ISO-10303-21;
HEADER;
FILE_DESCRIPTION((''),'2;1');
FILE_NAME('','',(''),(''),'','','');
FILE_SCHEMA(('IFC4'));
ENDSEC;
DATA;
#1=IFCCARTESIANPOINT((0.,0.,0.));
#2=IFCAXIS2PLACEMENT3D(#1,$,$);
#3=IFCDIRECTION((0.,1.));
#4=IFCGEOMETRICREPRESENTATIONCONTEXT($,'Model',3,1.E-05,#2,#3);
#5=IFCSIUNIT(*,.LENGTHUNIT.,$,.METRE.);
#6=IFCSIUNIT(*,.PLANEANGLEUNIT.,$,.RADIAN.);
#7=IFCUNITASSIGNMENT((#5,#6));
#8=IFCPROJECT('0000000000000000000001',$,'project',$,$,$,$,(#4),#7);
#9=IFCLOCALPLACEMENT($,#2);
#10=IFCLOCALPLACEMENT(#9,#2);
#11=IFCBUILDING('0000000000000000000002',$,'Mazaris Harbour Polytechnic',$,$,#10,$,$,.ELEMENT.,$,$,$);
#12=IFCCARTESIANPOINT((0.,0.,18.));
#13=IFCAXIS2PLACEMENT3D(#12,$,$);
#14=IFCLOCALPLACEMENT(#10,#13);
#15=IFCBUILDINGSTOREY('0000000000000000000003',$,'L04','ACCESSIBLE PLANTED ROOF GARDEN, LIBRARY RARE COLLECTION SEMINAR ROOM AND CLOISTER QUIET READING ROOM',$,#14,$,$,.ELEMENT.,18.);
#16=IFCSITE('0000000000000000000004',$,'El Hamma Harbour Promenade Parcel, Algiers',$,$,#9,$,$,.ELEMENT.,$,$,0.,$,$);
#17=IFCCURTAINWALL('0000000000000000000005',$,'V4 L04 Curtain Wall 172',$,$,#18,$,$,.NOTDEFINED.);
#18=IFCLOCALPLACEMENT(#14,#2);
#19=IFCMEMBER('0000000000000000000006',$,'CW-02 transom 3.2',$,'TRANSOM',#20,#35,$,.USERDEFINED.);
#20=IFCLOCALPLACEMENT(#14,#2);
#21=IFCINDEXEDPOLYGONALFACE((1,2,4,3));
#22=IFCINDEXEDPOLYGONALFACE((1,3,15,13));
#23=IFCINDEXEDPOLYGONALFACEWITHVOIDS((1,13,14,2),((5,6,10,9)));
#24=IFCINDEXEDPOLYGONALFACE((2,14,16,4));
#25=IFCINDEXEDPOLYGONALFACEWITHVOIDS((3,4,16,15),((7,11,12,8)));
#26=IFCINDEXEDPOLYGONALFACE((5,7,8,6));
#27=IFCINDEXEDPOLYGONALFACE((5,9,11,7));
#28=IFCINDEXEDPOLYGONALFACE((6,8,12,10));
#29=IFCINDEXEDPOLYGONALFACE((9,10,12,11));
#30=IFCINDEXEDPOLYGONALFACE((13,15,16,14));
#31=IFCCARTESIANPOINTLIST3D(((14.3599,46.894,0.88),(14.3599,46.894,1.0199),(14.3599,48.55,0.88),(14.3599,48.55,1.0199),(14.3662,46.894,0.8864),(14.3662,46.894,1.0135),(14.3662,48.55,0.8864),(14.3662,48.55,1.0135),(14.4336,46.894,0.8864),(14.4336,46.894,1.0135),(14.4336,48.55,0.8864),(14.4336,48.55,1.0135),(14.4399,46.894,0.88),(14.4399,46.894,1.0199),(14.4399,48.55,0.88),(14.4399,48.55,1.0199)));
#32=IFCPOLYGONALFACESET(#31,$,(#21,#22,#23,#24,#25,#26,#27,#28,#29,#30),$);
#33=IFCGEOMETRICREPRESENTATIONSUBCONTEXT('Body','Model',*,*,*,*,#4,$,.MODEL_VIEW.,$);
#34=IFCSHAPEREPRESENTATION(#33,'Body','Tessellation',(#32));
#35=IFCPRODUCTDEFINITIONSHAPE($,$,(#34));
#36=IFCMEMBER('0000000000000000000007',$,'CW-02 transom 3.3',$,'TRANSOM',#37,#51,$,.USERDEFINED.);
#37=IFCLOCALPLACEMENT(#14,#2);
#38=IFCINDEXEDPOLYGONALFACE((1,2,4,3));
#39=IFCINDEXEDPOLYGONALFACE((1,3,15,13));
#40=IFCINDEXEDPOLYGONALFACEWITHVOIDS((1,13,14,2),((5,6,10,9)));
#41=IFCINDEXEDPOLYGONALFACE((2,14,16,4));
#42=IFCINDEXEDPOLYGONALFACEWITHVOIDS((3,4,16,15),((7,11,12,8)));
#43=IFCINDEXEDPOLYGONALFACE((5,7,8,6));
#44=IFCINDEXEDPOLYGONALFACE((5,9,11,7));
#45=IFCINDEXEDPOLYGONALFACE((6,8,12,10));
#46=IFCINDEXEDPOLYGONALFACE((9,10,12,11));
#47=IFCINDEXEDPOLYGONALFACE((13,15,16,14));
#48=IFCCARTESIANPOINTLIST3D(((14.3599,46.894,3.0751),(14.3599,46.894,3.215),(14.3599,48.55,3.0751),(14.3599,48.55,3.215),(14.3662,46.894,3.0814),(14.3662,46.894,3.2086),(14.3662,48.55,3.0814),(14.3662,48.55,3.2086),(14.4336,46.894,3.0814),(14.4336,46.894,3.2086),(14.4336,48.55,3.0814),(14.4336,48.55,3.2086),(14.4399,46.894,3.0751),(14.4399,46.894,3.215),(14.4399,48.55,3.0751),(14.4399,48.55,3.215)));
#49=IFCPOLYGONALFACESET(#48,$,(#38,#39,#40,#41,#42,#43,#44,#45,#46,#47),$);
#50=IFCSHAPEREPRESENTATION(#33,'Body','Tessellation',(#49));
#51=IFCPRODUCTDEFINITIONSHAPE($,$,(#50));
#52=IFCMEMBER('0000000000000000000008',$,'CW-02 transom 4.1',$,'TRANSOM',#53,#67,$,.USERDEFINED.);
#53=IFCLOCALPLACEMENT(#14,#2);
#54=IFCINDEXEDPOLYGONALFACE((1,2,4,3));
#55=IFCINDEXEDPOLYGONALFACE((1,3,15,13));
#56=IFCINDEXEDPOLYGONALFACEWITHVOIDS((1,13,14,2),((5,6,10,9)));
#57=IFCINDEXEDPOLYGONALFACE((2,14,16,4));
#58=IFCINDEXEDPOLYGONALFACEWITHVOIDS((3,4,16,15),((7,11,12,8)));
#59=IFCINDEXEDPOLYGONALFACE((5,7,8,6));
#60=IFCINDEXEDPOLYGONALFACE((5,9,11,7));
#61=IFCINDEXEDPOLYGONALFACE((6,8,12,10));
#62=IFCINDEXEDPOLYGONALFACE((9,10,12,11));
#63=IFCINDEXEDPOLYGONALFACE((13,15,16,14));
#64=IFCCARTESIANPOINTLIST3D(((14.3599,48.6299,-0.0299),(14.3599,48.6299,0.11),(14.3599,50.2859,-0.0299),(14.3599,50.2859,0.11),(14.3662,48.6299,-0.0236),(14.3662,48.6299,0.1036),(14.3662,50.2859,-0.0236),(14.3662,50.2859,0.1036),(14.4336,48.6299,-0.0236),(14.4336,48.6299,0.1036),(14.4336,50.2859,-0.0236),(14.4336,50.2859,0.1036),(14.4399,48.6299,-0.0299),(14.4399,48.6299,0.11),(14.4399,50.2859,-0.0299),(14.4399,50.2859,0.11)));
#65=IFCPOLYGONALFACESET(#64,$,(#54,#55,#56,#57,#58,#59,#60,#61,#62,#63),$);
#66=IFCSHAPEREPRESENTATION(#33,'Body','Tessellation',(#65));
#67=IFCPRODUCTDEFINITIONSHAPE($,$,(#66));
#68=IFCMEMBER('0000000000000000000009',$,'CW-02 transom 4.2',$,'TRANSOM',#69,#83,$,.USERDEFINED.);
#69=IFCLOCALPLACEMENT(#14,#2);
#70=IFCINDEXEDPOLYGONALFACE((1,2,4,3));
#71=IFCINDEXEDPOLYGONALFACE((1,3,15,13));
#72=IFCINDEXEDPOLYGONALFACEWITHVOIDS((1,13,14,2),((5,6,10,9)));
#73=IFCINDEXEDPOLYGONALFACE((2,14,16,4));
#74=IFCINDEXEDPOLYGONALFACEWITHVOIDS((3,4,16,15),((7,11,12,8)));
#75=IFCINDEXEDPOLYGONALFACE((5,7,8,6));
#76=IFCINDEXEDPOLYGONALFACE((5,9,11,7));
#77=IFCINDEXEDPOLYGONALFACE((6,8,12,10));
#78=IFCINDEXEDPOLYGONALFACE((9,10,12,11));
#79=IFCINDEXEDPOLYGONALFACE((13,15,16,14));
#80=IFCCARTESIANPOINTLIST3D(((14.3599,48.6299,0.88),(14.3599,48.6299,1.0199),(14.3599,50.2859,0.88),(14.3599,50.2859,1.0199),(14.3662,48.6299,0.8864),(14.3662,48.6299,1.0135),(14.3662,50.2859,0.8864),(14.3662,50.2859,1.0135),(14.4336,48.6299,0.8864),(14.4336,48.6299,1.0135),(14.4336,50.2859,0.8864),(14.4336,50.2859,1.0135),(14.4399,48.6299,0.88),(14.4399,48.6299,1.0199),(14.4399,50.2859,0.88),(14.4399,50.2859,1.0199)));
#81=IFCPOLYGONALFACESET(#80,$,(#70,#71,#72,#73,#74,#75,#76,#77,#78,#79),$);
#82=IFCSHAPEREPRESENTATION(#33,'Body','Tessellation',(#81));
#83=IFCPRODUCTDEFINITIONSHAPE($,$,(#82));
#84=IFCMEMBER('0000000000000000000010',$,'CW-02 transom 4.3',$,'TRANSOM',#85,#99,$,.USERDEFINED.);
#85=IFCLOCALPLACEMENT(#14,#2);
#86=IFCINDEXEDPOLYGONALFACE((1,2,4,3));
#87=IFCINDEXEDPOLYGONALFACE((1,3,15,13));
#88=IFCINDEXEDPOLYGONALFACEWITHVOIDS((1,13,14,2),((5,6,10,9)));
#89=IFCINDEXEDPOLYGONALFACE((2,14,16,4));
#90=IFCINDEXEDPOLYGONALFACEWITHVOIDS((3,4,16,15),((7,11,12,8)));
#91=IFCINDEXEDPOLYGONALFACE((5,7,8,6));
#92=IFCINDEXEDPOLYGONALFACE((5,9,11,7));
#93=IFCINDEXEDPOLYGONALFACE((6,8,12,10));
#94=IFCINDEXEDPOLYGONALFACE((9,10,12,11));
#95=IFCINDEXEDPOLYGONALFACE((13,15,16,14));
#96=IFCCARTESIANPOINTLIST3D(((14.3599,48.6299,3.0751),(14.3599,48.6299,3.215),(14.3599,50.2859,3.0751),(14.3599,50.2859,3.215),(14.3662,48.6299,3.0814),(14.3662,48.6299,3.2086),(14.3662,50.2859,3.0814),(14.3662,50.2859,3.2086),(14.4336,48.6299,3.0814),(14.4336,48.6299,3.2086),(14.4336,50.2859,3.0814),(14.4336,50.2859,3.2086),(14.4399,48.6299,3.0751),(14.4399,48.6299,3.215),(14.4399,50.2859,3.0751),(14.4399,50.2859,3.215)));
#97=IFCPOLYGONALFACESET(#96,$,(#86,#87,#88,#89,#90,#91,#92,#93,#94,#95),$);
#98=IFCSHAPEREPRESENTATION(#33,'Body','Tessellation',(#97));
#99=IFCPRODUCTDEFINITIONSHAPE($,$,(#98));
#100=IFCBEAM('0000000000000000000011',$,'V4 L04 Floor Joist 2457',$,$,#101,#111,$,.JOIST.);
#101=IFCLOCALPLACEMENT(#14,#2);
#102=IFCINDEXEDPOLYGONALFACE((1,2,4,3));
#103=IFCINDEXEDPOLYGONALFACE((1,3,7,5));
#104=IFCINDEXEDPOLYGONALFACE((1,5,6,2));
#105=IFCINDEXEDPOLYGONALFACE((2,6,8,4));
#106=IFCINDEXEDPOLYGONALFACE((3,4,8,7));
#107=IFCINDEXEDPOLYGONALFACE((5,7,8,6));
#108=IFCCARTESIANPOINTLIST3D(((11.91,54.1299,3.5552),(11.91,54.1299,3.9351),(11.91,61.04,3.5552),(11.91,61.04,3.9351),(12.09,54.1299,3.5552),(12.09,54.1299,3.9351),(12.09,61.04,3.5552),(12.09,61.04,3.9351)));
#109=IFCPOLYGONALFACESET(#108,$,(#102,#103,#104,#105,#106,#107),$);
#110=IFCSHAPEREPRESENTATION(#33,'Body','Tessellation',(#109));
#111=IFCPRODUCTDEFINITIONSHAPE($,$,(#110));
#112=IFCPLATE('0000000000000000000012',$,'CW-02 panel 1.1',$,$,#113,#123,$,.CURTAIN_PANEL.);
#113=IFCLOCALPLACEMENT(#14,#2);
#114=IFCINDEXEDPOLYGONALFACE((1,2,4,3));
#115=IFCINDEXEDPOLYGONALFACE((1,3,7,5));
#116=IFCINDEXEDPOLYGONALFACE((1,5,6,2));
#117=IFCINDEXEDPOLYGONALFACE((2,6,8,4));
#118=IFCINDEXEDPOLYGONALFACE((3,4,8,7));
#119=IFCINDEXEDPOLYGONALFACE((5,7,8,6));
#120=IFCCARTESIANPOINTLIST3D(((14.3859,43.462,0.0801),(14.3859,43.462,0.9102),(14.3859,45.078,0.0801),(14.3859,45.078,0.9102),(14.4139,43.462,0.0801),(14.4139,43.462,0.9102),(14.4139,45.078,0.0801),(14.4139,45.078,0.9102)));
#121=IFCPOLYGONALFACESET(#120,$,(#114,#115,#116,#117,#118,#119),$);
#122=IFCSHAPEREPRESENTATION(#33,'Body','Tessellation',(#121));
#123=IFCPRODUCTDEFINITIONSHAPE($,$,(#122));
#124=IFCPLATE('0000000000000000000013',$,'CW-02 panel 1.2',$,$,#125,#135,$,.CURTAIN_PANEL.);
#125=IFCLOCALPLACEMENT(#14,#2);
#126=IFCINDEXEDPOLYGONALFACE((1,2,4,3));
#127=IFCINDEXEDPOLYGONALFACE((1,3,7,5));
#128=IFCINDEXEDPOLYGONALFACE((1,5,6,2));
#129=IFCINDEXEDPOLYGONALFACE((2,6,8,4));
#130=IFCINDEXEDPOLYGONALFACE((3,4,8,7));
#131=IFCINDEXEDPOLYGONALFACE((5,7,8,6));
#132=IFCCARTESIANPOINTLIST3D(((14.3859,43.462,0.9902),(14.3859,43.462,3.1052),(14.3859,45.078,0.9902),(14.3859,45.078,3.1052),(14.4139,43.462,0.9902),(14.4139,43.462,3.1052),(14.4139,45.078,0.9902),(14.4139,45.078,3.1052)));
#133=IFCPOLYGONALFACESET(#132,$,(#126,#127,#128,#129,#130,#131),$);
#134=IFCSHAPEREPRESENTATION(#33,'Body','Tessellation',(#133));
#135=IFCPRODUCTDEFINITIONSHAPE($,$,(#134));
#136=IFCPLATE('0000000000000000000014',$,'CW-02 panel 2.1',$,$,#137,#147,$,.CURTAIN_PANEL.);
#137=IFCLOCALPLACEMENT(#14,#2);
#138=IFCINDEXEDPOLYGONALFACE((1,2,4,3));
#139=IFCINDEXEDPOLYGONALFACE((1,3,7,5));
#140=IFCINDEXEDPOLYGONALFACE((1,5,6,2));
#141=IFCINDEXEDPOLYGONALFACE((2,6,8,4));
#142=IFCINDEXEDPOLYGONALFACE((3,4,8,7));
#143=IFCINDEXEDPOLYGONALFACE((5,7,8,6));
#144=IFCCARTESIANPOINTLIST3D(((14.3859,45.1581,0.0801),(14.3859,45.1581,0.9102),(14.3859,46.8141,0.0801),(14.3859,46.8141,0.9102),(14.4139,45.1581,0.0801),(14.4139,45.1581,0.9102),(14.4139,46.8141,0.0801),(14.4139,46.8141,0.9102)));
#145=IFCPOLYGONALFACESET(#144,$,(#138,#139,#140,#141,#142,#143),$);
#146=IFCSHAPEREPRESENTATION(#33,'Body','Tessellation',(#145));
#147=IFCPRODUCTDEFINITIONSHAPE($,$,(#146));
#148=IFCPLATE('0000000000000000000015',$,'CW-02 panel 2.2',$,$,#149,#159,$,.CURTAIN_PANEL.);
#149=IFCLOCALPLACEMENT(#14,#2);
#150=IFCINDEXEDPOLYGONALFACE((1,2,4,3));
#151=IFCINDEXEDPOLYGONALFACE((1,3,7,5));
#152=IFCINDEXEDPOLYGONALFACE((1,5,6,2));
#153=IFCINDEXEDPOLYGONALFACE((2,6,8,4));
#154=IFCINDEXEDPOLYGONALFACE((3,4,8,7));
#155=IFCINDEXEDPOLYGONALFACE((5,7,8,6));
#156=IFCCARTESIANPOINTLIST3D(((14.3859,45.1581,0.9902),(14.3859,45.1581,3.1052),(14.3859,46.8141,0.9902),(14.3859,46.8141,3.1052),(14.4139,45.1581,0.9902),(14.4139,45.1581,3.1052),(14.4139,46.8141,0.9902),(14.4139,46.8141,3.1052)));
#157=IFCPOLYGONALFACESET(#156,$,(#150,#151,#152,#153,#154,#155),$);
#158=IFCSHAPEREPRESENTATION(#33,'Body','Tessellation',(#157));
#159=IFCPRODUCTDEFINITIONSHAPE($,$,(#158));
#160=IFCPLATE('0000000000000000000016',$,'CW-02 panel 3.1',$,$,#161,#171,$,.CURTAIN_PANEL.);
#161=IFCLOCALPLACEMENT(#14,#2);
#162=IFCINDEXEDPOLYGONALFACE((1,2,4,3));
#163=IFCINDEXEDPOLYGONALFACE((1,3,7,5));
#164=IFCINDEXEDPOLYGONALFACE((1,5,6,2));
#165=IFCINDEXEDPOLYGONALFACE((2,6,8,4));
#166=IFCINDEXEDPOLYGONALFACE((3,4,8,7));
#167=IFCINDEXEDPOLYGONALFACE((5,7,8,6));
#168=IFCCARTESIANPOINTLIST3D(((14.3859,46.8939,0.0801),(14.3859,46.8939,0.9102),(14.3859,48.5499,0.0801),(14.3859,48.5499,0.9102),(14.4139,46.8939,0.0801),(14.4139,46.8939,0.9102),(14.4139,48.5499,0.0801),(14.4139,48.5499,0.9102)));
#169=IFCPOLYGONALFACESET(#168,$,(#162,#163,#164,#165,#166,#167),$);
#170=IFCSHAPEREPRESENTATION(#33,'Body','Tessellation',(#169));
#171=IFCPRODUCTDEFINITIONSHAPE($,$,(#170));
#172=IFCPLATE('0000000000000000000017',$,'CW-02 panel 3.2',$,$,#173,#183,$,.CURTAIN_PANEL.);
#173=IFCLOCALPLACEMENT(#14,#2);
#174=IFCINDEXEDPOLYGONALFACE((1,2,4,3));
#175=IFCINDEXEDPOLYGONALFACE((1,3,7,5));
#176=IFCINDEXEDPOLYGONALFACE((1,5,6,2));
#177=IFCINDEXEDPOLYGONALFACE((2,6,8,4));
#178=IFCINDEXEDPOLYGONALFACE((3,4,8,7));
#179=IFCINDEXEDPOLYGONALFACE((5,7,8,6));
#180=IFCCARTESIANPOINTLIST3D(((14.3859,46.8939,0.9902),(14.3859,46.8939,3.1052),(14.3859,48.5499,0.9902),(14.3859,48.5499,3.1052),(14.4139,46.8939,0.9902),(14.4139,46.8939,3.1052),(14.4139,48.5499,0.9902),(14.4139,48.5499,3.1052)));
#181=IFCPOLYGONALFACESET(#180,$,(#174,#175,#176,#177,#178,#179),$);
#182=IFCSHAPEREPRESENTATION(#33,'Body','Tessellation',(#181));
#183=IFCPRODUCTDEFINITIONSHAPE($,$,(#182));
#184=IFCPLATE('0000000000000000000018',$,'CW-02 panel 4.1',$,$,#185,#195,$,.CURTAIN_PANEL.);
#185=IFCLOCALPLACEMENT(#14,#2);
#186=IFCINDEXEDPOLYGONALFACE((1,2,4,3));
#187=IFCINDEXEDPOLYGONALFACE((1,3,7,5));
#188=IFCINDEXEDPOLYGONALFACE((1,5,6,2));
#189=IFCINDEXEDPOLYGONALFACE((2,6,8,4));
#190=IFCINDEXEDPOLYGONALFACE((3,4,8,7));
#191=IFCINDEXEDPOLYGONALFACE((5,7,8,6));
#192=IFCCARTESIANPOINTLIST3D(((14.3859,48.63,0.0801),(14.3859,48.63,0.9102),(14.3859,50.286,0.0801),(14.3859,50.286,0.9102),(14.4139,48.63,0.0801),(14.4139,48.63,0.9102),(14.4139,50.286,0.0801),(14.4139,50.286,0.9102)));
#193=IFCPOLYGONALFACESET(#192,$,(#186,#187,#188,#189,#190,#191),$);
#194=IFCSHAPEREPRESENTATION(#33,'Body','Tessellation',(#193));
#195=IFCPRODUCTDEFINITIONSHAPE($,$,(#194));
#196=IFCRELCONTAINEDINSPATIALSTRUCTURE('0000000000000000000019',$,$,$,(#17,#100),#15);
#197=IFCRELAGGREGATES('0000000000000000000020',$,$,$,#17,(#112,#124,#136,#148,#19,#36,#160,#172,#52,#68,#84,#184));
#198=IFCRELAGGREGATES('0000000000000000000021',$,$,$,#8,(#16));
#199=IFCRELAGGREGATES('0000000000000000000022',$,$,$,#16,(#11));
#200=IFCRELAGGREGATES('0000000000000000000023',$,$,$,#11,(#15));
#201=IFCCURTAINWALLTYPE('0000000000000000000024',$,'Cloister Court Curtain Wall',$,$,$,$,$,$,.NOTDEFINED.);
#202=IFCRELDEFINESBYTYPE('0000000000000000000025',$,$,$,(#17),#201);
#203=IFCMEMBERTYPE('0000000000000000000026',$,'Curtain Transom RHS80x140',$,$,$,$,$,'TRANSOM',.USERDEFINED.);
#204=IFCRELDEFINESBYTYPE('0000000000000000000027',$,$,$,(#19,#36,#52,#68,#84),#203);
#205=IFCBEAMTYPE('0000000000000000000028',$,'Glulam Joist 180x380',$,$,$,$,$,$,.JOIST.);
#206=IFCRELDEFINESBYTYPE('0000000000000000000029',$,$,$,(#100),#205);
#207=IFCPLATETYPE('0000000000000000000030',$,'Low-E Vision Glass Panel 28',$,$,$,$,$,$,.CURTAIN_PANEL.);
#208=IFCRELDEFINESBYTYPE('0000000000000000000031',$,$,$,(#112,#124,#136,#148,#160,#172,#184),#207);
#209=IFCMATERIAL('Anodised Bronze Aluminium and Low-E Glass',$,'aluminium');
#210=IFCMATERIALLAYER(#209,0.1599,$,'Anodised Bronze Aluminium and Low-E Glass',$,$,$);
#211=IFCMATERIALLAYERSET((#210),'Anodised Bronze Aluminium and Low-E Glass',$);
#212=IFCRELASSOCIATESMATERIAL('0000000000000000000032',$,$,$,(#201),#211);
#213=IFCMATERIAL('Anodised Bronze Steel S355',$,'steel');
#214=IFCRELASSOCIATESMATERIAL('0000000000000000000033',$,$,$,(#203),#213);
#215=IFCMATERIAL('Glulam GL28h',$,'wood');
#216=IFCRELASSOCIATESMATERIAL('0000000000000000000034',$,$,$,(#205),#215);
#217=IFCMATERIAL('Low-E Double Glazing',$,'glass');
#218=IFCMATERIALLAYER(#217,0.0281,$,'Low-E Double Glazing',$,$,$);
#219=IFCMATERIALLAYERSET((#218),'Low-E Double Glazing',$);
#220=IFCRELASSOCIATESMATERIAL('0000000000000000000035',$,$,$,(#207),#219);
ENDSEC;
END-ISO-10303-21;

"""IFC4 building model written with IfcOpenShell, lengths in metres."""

from ifc_helpers import new_model, si_unit, direction, frame, origin, origin_2d, place, context, subcontext, project, spatial, rectangle, hollow_rectangle, extrude, material, layer, layer_set, material_profile, profile_set, type_object, element, aggregate, save


model = new_model("IFC4")

# Units and contexts
model_context = context("Model", 3, precision=1e-05, world=origin(), true_north=direction((0.0, 1.0)))
body_context = subcontext(model_context, "Body", "Model", "MODEL_VIEW")
ifc_project = project(units=[si_unit("LENGTHUNIT", "METRE"), si_unit("PLANEANGLEUNIT", "RADIAN")], contexts=[model_context])

# Site, building, storey
site_placement = place(None, origin())
site = spatial("IfcSite", under=ifc_project, at=site_placement, Name="El Hamma Harbour Promenade Parcel, Algiers", CompositionType="ELEMENT", RefElevation=0.0)
building_placement = place(site_placement, origin())
building = spatial("IfcBuilding", under=site, at=building_placement, Name="Mazaris Harbour Polytechnic", CompositionType="ELEMENT")
storey_placement = place(building_placement, frame((0.0, 0.0, 18.0)))
storey = spatial("IfcBuildingStorey", under=building, at=storey_placement, Name="L04", Description="ACCESSIBLE PLANTED ROOF GARDEN, LIBRARY RARE COLLECTION SEMINAR ROOM AND CLOISTER QUIET READING ROOM", CompositionType="ELEMENT", Elevation=18.0)

# Curtain wall, members
ifc_material_1 = material(Name="Anodised Bronze Aluminium and Low-E Glass", Category="aluminium")
ifc_layer_1 = layer(ifc_material_1, 0.1599, Name="Anodised Bronze Aluminium and Low-E Glass")
ifc_layer_set_1 = layer_set([ifc_layer_1], Name="Anodised Bronze Aluminium and Low-E Glass")
curtain_wall_type = type_object("IfcCurtainWallType", Name="Cloister Court Curtain Wall", PredefinedType="NOTDEFINED", material=ifc_layer_set_1)
curtain_wall_placement = place(storey_placement, origin())
curtain_wall = element("IfcCurtainWall", 1, at=curtain_wall_placement, inside=storey, type_object=curtain_wall_type, Name="V4 L04 Curtain Wall 172", PredefinedType="NOTDEFINED")
ifc_material_2 = material(Name="Anodised Bronze Steel S355", Category="steel")
ifc_material_profile_1 = material_profile(ifc_material_2, hollow_rectangle(XDim=0.0801, YDim=0.1399, WallThickness=0.0063, at=origin_2d()), Name="RHS 80x140x6.3")
ifc_profile_set_1 = profile_set([ifc_material_profile_1], Name="Anodised Bronze Steel S355")
member_type_1 = type_object("IfcMemberType", Name="Curtain Transom RHS80x140", ElementType="TRANSOM", PredefinedType="USERDEFINED", material=ifc_profile_set_1)
member_1_placement = place(storey_placement, frame((14.3999, 46.894, 0.95), z_axis=(0.0, 1.0, 0.0), x_axis=(-1.0, 0.0, 0.0)))
member_1 = element("IfcMember", 2, at=member_1_placement, type_object=member_type_1, Name="CW-02 transom 3.2", ObjectType="TRANSOM", PredefinedType="USERDEFINED", context=body_context, shape_type="SweptSolid", body=[
    extrude(hollow_rectangle(XDim=0.0801, YDim=0.1399, WallThickness=0.0063, at=origin_2d()), origin(), (0.0, 0.0, 1.0), 1.656),
])
member_2_placement = place(storey_placement, frame((14.3999, 46.894, 3.145), z_axis=(0.0, 1.0, 0.0), x_axis=(-1.0, 0.0, 0.0)))
member_2 = element("IfcMember", 3, at=member_2_placement, type_object=member_type_1, Name="CW-02 transom 3.3", ObjectType="TRANSOM", PredefinedType="USERDEFINED", context=body_context, shape_type="SweptSolid", body=[
    extrude(hollow_rectangle(XDim=0.0801, YDim=0.1399, WallThickness=0.0063, at=origin_2d()), origin(), (0.0, 0.0, 1.0), 1.656),
])
member_3_placement = place(storey_placement, frame((14.3999, 48.6299, 0.04), z_axis=(0.0, 1.0, 0.0), x_axis=(-1.0, 0.0, 0.0)))
member_3 = element("IfcMember", 4, at=member_3_placement, type_object=member_type_1, Name="CW-02 transom 4.1", ObjectType="TRANSOM", PredefinedType="USERDEFINED", context=body_context, shape_type="SweptSolid", body=[
    extrude(hollow_rectangle(XDim=0.0801, YDim=0.1399, WallThickness=0.0063, at=origin_2d()), origin(), (0.0, 0.0, 1.0), 1.656),
])
member_4_placement = place(storey_placement, frame((14.3999, 48.6299, 0.95), z_axis=(0.0, 1.0, 0.0), x_axis=(-1.0, 0.0, 0.0)))
member_4 = element("IfcMember", 5, at=member_4_placement, type_object=member_type_1, Name="CW-02 transom 4.2", ObjectType="TRANSOM", PredefinedType="USERDEFINED", context=body_context, shape_type="SweptSolid", body=[
    extrude(hollow_rectangle(XDim=0.0801, YDim=0.1399, WallThickness=0.0063, at=origin_2d()), origin(), (0.0, 0.0, 1.0), 1.656),
])
member_5_placement = place(storey_placement, frame((14.3999, 48.6299, 3.145), z_axis=(0.0, 1.0, 0.0), x_axis=(-1.0, 0.0, 0.0)))
member_5 = element("IfcMember", 6, at=member_5_placement, type_object=member_type_1, Name="CW-02 transom 4.3", ObjectType="TRANSOM", PredefinedType="USERDEFINED", context=body_context, shape_type="SweptSolid", body=[
    extrude(hollow_rectangle(XDim=0.0801, YDim=0.1399, WallThickness=0.0063, at=origin_2d()), origin(), (0.0, 0.0, 1.0), 1.656),
])

# Beam
ifc_material_3 = material(Name="Glulam GL28h", Category="wood")
ifc_material_profile_2 = material_profile(ifc_material_3, rectangle(XDim=0.1799, YDim=0.3799, at=origin_2d()), Name="RECT180x380")
ifc_profile_set_2 = profile_set([ifc_material_profile_2], Name="Glulam GL28h")
beam_type = type_object("IfcBeamType", Name="Glulam Joist 180x380", PredefinedType="JOIST", material=ifc_profile_set_2)
beam_placement = place(storey_placement, frame((12.0, 54.1299, 3.7451), z_axis=(0.0, 1.0, 0.0), x_axis=(-1.0, 0.0, 0.0)))
element("IfcBeam", 7, at=beam_placement, inside=storey, type_object=beam_type, Name="V4 L04 Floor Joist 2457", PredefinedType="JOIST", context=body_context, shape_type="SweptSolid", body=[
    extrude(rectangle(XDim=0.1799, YDim=0.3799, at=origin_2d()), origin(), (0.0, 0.0, 1.0), 6.9102),
])

# Plates
ifc_material_4 = material(Name="Low-E Double Glazing", Category="glass")
ifc_layer_2 = layer(ifc_material_4, 0.0281, Name="Low-E Double Glazing")
ifc_layer_set_2 = layer_set([ifc_layer_2], Name="Low-E Double Glazing")
plate_type = type_object("IfcPlateType", Name="Low-E Vision Glass Panel 28", PredefinedType="CURTAIN_PANEL", material=ifc_layer_set_2)
plate_1_placement = place(storey_placement, frame((14.3999, 44.27, 0.0801), z_axis=(0.0, 0.0, 1.0), x_axis=(0.0, 1.0, 0.0)))
plate_1 = element("IfcPlate", 8, at=plate_1_placement, type_object=plate_type, Name="CW-02 panel 1.1", PredefinedType="CURTAIN_PANEL", context=body_context, shape_type="SweptSolid", body=[
    extrude(rectangle(XDim=1.616, YDim=0.0281, at=origin_2d()), origin(), (0.0, 0.0, 1.0), 0.8301),
])
plate_2_placement = place(storey_placement, frame((14.3999, 44.27, 0.9902), z_axis=(0.0, 0.0, 1.0), x_axis=(0.0, 1.0, 0.0)))
plate_2 = element("IfcPlate", 9, at=plate_2_placement, type_object=plate_type, Name="CW-02 panel 1.2", PredefinedType="CURTAIN_PANEL", context=body_context, shape_type="SweptSolid", body=[
    extrude(rectangle(XDim=1.616, YDim=0.0281, at=origin_2d()), origin(), (0.0, 0.0, 1.0), 2.115),
])
plate_3_placement = place(storey_placement, frame((14.3999, 45.9861, 0.0801), z_axis=(0.0, 0.0, 1.0), x_axis=(0.0, 1.0, 0.0)))
plate_3 = element("IfcPlate", 10, at=plate_3_placement, type_object=plate_type, Name="CW-02 panel 2.1", PredefinedType="CURTAIN_PANEL", context=body_context, shape_type="SweptSolid", body=[
    extrude(rectangle(XDim=1.656, YDim=0.0281, at=origin_2d()), origin(), (0.0, 0.0, 1.0), 0.8301),
])
plate_4_placement = place(storey_placement, frame((14.3999, 45.9861, 0.9902), z_axis=(0.0, 0.0, 1.0), x_axis=(0.0, 1.0, 0.0)))
plate_4 = element("IfcPlate", 11, at=plate_4_placement, type_object=plate_type, Name="CW-02 panel 2.2", PredefinedType="CURTAIN_PANEL", context=body_context, shape_type="SweptSolid", body=[
    extrude(rectangle(XDim=1.656, YDim=0.0281, at=origin_2d()), origin(), (0.0, 0.0, 1.0), 2.115),
])
plate_5_placement = place(storey_placement, frame((14.3999, 47.7219, 0.0801), z_axis=(0.0, 0.0, 1.0), x_axis=(0.0, 1.0, 0.0)))
plate_5 = element("IfcPlate", 12, at=plate_5_placement, type_object=plate_type, Name="CW-02 panel 3.1", PredefinedType="CURTAIN_PANEL", context=body_context, shape_type="SweptSolid", body=[
    extrude(rectangle(XDim=1.656, YDim=0.0281, at=origin_2d()), origin(), (0.0, 0.0, 1.0), 0.8301),
])
plate_6_placement = place(storey_placement, frame((14.3999, 47.7219, 0.9902), z_axis=(0.0, 0.0, 1.0), x_axis=(0.0, 1.0, 0.0)))
plate_6 = element("IfcPlate", 13, at=plate_6_placement, type_object=plate_type, Name="CW-02 panel 3.2", PredefinedType="CURTAIN_PANEL", context=body_context, shape_type="SweptSolid", body=[
    extrude(rectangle(XDim=1.656, YDim=0.0281, at=origin_2d()), origin(), (0.0, 0.0, 1.0), 2.115),
])
plate_7_placement = place(storey_placement, frame((14.3999, 49.458, 0.0801), z_axis=(0.0, 0.0, 1.0), x_axis=(0.0, 1.0, 0.0)))
plate_7 = element("IfcPlate", 14, at=plate_7_placement, type_object=plate_type, Name="CW-02 panel 4.1", PredefinedType="CURTAIN_PANEL", context=body_context, shape_type="SweptSolid", body=[
    extrude(rectangle(XDim=1.656, YDim=0.0281, at=origin_2d()), origin(), (0.0, 0.0, 1.0), 0.8301),
])
aggregate(curtain_wall, [plate_1, plate_2, plate_3, plate_4, member_1, member_2, plate_5, plate_6, member_3, member_4, member_5, plate_7])

save(model, "model.ifc")
